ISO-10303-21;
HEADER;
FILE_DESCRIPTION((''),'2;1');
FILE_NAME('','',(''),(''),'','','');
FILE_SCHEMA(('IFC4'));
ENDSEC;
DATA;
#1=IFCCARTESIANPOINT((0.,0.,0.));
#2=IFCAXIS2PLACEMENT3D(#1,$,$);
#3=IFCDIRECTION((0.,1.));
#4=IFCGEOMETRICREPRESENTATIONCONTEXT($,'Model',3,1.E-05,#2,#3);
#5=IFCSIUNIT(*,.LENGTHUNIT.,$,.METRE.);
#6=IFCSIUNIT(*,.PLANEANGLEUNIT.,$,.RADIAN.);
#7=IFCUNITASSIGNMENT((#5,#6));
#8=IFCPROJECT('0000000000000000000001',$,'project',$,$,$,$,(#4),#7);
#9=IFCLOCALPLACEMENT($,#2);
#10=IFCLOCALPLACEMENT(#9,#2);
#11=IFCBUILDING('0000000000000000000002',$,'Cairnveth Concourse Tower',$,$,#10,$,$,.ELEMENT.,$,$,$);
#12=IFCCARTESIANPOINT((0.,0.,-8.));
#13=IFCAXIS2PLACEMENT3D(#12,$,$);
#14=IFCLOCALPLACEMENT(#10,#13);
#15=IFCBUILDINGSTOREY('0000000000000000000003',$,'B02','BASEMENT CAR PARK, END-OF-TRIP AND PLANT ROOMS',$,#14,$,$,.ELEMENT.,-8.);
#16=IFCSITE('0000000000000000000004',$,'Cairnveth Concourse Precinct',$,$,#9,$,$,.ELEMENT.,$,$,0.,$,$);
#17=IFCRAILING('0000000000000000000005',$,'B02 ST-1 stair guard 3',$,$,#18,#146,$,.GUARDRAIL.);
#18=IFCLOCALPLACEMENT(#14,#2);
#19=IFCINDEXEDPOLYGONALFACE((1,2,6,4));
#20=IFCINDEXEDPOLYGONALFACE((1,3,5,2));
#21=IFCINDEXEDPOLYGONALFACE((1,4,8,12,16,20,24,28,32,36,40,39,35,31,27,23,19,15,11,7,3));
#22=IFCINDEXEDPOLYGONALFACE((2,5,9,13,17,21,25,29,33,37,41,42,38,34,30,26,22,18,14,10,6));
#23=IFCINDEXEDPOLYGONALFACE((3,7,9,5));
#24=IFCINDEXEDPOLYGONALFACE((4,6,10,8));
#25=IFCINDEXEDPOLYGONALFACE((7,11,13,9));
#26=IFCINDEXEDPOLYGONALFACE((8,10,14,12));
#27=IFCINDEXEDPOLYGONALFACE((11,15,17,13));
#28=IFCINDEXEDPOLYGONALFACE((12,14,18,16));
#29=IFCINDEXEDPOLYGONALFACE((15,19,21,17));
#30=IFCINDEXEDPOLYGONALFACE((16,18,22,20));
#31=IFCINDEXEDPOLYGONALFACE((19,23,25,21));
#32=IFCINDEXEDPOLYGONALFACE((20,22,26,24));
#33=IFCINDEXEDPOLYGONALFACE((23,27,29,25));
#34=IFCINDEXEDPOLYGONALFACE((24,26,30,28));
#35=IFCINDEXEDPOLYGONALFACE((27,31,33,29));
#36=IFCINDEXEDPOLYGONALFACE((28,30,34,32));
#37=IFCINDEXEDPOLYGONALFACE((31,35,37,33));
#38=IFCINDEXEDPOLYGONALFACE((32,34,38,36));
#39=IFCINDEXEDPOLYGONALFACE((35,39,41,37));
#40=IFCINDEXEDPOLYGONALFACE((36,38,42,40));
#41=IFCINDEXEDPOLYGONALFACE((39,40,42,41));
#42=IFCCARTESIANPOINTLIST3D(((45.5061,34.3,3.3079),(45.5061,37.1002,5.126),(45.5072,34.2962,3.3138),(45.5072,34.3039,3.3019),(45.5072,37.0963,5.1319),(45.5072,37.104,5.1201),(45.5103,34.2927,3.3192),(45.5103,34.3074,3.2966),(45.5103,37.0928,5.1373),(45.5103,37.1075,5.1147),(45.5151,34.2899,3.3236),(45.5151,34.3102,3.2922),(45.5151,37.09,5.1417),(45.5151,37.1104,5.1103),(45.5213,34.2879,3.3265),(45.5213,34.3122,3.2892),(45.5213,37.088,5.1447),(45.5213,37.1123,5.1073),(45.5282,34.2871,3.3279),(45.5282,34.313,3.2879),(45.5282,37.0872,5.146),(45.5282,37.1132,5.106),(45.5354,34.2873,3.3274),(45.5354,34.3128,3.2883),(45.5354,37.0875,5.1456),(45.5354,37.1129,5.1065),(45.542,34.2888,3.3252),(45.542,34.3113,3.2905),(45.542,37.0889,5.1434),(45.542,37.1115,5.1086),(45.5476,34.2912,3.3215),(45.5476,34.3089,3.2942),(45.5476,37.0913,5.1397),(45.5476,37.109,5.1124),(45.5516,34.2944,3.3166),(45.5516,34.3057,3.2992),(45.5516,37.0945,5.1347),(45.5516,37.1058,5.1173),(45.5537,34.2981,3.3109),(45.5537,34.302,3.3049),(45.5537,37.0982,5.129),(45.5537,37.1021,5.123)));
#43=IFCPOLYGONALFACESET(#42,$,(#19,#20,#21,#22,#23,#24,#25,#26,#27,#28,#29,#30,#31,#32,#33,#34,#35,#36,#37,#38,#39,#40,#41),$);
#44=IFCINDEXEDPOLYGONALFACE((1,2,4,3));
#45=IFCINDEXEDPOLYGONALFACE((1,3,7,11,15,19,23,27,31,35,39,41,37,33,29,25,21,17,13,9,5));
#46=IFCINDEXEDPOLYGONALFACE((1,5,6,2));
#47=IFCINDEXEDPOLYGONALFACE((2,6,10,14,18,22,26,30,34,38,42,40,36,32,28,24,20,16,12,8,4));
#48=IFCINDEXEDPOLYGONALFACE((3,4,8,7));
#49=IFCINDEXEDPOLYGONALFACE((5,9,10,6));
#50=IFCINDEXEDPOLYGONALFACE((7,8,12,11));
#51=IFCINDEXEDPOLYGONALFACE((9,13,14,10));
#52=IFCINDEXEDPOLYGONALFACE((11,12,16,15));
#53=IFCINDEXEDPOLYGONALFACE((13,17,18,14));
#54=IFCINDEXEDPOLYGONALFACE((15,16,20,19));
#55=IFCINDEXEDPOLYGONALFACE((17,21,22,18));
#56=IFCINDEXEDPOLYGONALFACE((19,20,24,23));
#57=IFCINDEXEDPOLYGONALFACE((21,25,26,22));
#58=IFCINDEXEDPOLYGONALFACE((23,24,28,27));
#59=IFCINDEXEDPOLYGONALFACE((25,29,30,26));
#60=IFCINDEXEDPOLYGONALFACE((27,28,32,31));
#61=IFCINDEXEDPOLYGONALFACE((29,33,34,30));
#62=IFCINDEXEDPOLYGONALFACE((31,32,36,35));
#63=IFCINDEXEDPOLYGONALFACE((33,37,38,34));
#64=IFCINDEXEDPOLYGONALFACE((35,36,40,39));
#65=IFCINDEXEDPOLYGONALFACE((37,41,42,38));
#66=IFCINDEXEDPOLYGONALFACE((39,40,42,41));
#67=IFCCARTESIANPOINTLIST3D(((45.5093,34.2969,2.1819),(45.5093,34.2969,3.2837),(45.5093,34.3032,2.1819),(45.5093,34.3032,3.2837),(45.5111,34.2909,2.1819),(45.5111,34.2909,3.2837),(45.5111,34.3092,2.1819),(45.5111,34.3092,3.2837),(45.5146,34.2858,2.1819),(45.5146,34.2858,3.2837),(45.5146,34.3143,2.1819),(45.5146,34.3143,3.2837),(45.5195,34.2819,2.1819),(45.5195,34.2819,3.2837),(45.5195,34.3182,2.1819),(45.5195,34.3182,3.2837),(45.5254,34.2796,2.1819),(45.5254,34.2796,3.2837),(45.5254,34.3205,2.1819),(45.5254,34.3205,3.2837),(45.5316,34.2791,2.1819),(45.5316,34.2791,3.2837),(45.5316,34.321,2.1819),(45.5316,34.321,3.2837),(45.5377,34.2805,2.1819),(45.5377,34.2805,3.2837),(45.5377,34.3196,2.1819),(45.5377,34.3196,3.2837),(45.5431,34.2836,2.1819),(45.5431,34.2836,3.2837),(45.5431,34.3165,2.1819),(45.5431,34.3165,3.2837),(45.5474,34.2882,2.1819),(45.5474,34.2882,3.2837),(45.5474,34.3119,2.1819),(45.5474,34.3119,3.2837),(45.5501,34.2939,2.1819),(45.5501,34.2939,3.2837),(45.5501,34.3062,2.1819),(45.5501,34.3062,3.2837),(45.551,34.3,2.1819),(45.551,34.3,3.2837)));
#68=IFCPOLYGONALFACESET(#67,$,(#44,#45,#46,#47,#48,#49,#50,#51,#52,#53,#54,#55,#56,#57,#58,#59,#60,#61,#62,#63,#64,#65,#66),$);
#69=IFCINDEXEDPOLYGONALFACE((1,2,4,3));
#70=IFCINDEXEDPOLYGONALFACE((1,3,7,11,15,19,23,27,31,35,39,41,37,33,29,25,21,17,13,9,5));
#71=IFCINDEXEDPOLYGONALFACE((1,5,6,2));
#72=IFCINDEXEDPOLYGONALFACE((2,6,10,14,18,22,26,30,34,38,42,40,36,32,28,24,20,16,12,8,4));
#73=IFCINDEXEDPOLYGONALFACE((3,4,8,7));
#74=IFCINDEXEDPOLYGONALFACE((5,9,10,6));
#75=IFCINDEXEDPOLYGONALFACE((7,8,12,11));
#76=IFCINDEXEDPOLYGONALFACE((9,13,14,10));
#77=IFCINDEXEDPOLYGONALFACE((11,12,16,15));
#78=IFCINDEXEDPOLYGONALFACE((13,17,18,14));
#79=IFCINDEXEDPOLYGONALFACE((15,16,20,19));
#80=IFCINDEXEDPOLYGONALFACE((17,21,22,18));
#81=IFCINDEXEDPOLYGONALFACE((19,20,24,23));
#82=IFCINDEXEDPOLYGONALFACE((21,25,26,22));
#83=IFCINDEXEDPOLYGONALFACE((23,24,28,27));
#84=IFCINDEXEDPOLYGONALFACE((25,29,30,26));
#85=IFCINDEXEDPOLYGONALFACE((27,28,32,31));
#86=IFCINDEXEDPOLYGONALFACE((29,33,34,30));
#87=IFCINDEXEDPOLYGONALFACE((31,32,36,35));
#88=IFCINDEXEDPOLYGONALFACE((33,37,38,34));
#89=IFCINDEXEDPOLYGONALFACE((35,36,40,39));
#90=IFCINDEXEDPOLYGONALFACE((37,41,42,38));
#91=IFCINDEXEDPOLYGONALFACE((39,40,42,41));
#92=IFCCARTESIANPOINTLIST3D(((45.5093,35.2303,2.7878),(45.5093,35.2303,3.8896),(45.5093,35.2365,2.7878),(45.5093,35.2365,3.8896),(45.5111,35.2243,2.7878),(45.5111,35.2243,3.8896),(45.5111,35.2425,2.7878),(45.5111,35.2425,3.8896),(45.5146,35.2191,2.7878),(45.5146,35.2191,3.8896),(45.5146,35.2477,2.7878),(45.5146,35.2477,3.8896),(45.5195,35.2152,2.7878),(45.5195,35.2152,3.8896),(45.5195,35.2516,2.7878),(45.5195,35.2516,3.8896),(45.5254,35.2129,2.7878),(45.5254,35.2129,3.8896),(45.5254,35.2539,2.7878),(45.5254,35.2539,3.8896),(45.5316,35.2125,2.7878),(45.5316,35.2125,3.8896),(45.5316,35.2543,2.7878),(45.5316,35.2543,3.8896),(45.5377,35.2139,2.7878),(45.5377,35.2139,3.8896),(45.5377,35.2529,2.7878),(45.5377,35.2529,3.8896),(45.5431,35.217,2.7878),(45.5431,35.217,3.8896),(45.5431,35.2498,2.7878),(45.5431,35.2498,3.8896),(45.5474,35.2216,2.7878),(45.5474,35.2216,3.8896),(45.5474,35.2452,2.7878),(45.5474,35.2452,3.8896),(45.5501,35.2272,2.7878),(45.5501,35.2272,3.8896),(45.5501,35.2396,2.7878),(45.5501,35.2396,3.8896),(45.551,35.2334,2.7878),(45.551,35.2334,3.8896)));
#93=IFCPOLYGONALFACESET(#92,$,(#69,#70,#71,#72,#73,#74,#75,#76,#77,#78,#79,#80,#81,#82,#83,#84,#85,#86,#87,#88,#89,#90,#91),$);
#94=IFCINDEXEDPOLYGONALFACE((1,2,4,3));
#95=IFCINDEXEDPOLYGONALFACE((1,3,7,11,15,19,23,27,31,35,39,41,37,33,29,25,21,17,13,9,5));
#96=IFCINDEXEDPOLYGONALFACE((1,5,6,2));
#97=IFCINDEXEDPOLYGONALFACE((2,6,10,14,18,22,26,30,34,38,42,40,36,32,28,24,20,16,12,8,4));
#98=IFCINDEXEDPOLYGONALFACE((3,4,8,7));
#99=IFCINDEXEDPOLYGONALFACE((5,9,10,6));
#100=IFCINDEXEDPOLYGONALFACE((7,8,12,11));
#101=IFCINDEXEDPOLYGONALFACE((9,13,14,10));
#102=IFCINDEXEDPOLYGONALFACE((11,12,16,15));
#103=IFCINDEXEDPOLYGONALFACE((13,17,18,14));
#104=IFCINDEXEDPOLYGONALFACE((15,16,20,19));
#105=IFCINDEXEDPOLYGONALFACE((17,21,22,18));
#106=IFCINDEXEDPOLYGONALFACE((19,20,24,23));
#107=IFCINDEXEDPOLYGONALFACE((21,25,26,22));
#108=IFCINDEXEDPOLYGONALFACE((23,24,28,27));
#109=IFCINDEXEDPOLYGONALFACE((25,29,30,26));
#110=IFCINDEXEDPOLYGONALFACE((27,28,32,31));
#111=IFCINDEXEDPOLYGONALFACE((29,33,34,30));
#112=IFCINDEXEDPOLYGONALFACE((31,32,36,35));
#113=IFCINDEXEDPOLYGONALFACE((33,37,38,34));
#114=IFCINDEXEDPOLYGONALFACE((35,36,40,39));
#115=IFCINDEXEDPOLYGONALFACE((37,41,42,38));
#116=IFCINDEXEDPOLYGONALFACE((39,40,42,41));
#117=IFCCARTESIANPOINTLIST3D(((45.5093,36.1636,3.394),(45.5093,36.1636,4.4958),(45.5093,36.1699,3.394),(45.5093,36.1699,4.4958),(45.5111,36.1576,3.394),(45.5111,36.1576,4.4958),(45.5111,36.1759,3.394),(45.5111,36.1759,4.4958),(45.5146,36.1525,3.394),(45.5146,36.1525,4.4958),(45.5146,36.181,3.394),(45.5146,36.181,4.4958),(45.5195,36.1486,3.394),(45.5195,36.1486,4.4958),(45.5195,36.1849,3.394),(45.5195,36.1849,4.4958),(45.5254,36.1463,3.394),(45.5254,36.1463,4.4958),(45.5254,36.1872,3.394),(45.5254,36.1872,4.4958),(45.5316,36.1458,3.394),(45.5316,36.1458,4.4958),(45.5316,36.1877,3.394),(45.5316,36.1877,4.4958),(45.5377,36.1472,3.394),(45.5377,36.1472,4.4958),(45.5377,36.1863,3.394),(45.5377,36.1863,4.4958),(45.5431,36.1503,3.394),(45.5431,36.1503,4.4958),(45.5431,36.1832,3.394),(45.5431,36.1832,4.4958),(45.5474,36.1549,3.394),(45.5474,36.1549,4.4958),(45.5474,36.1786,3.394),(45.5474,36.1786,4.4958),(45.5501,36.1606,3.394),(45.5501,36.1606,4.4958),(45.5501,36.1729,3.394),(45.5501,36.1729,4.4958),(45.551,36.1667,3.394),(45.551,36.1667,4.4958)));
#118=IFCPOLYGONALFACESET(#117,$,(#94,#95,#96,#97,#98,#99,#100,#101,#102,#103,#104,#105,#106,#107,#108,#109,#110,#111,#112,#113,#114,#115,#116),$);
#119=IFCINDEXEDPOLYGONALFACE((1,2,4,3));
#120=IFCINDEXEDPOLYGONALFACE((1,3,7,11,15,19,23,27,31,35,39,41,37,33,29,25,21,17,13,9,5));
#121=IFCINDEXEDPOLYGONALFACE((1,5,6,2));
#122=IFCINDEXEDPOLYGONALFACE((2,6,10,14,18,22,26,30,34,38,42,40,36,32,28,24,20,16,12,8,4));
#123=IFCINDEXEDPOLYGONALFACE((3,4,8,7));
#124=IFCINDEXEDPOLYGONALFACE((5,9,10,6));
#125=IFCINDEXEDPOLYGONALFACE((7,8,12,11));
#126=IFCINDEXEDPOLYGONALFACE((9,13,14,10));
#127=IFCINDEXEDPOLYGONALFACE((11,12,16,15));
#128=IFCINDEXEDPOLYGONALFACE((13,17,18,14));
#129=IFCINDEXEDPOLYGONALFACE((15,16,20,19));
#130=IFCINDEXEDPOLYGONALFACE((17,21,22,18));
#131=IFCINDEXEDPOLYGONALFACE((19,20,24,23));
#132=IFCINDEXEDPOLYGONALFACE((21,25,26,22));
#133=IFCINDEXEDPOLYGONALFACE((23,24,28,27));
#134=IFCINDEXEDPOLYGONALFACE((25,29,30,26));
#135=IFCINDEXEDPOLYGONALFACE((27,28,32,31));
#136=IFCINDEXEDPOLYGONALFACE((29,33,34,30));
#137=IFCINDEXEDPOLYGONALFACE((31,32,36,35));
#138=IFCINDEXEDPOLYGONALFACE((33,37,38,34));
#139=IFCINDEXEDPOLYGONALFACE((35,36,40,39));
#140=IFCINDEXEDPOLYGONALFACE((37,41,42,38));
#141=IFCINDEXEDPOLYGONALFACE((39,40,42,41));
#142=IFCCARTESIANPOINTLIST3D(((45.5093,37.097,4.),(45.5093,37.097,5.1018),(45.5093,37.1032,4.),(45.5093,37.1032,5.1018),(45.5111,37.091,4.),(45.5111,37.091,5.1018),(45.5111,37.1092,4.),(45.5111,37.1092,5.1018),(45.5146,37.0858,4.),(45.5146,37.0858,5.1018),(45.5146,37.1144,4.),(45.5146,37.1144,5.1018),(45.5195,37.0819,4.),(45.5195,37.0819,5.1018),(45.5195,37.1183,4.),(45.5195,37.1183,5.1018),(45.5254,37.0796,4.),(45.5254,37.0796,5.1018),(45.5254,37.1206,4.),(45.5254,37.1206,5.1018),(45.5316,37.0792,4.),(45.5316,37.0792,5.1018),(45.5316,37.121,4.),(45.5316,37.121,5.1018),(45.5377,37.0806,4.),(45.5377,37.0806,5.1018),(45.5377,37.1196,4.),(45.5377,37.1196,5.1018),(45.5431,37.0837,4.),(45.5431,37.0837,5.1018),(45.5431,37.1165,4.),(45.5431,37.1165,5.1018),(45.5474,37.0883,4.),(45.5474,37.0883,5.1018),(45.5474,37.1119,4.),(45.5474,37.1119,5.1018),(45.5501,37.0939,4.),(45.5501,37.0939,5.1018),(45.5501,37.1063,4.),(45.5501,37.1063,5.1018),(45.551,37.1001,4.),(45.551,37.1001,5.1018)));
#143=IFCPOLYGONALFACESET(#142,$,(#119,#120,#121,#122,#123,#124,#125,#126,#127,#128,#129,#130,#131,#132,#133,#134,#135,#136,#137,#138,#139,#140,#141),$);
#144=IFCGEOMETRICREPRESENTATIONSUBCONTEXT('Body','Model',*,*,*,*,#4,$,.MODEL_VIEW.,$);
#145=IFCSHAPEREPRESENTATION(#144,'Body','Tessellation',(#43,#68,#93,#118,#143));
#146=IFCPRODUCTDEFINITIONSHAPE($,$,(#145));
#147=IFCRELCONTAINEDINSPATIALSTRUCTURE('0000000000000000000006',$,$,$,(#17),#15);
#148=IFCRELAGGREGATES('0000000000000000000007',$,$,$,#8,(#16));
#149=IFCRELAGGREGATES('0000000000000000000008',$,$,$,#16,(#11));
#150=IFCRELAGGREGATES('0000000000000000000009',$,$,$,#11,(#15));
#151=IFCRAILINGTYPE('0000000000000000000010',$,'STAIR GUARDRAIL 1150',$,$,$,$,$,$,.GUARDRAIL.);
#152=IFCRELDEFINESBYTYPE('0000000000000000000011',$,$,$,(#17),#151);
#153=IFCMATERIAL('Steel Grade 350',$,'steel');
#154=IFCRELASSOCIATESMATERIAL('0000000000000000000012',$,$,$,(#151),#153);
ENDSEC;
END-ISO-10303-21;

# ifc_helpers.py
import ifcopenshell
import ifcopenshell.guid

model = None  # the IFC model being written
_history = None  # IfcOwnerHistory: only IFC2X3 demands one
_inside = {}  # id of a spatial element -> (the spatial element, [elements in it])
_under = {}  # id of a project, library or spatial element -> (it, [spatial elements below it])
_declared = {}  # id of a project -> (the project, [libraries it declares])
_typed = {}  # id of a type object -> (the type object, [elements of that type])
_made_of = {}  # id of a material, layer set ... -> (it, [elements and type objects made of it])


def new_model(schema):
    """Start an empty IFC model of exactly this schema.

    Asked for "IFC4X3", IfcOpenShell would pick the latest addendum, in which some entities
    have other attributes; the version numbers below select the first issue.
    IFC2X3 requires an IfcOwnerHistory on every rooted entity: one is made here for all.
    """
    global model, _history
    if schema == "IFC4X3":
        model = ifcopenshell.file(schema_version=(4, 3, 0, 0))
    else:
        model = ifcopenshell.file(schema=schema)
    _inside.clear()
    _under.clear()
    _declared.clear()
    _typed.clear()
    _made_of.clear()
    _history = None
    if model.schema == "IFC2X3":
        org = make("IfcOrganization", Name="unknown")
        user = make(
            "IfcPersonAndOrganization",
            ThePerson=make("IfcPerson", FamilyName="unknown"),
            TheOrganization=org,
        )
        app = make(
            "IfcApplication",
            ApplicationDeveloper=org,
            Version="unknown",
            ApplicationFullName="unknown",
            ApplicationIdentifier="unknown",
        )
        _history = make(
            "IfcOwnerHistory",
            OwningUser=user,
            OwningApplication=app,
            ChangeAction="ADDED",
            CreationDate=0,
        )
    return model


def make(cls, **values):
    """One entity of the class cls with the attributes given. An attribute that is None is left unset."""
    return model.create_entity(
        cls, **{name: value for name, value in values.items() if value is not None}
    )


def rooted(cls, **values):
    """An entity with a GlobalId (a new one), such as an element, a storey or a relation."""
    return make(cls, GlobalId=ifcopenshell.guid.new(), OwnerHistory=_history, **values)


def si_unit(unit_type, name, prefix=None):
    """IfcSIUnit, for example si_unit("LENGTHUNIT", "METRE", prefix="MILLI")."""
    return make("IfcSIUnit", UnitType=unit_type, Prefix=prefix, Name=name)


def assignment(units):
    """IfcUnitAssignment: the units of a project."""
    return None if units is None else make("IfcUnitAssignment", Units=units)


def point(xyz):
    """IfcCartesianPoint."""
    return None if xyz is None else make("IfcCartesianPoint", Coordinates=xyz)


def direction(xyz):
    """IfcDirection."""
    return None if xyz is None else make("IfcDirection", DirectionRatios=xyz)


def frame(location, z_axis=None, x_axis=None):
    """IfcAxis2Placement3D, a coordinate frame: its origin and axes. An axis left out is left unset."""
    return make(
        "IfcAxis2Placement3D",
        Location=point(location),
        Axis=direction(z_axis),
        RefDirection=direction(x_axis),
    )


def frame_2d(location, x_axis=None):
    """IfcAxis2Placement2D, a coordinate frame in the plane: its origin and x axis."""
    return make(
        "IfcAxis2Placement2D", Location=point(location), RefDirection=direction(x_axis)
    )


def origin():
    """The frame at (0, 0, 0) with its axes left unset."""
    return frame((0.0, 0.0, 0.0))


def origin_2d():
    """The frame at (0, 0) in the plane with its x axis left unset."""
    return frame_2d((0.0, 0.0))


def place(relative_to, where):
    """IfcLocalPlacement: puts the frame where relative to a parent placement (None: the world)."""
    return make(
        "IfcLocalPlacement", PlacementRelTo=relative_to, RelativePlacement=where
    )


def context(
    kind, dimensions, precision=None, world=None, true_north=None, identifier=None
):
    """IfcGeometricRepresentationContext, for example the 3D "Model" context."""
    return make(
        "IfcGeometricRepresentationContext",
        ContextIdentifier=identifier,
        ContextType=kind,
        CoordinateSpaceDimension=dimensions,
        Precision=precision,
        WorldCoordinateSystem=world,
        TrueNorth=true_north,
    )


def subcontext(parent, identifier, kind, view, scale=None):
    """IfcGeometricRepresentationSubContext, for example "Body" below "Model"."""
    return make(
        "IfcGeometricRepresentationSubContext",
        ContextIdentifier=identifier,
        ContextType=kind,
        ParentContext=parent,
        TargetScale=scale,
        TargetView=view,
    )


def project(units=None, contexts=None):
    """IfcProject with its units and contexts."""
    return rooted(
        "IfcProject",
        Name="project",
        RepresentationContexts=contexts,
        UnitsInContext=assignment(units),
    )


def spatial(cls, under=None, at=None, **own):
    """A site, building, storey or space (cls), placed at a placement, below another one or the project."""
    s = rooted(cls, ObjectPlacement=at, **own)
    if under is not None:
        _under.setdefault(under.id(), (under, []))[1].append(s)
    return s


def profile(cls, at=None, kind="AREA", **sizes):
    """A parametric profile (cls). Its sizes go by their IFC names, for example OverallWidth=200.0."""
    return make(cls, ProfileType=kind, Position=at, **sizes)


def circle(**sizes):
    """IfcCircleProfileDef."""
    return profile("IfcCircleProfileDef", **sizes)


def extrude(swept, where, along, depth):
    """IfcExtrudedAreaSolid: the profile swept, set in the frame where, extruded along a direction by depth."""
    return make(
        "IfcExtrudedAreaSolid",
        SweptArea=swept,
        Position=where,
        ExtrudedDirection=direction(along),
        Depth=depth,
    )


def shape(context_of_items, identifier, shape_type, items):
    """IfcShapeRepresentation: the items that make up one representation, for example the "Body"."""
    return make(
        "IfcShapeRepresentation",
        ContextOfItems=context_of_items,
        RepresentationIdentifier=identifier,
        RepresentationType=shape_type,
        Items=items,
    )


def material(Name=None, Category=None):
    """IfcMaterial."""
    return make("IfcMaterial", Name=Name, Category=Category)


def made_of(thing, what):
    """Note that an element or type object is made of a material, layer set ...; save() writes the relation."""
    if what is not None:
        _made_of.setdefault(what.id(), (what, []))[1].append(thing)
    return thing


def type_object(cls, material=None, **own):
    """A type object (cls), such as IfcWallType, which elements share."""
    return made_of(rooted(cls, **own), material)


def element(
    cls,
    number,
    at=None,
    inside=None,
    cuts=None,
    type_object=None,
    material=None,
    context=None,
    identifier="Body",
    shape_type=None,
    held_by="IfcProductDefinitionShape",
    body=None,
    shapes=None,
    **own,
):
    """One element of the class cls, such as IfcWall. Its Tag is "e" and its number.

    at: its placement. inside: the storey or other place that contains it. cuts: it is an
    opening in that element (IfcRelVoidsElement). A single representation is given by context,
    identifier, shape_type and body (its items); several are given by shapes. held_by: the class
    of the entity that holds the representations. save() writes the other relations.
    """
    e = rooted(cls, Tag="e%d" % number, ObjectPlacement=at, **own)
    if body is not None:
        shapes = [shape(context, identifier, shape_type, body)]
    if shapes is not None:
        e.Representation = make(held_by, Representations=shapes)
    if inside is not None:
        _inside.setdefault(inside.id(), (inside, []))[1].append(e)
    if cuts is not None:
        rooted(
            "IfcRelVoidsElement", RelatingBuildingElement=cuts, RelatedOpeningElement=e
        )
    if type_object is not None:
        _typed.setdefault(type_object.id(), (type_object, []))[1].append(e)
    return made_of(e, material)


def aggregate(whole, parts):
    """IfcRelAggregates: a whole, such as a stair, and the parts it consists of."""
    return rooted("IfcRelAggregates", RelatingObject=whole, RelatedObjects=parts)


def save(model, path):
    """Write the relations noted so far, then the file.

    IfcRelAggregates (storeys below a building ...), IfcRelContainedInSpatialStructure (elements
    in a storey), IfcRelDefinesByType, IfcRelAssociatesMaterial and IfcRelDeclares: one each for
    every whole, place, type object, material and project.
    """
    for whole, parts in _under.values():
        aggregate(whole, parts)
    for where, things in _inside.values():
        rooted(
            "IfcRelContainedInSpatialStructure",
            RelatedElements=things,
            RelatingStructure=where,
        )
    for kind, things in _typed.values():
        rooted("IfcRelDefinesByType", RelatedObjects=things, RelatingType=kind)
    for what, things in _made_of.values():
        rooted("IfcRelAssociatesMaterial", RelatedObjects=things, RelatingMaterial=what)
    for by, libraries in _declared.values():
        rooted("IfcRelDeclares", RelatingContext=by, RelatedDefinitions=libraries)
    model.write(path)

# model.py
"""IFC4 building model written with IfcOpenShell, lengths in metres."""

from ifc_helpers import new_model, si_unit, direction, frame, origin, origin_2d, place, context, subcontext, project, spatial, circle, extrude, material, type_object, element, save


model = new_model("IFC4")

# Units and contexts
model_context = context("Model", 3, precision=1e-05, world=origin(), true_north=direction((0.0, 1.0)))
body_context = subcontext(model_context, "Body", "Model", "MODEL_VIEW")
ifc_project = project(units=[si_unit("LENGTHUNIT", "METRE"), si_unit("PLANEANGLEUNIT", "RADIAN")], contexts=[model_context])

# Site, building, storey
site_placement = place(None, origin())
site = spatial("IfcSite", under=ifc_project, at=site_placement, Name="Cairnveth Concourse Precinct", CompositionType="ELEMENT", RefElevation=0.0)
building_placement = place(site_placement, origin())
building = spatial("IfcBuilding", under=site, at=building_placement, Name="Cairnveth Concourse Tower", CompositionType="ELEMENT")
storey_placement = place(building_placement, frame((0.0, 0.0, -8.0)))
storey = spatial("IfcBuildingStorey", under=building, at=storey_placement, Name="B02", Description="BASEMENT CAR PARK, END-OF-TRIP AND PLANT ROOMS", CompositionType="ELEMENT", Elevation=-8.0)

# Shared definitions
ifc_material_1 = material(Name="Steel Grade 350", Category="steel")

# Railing
railing_type_1 = type_object("IfcRailingType", Name="STAIR GUARDRAIL 1150", PredefinedType="GUARDRAIL", material=ifc_material_1)
railing_1_placement = place(storey_placement, frame((45.53, 34.3, 2.1819)))
element("IfcRailing", 1, at=railing_1_placement, inside=storey, type_object=railing_type_1, Name="B02 ST-1 stair guard 3", PredefinedType="GUARDRAIL", context=body_context, shape_type="SweptSolid", body=[
    extrude(circle(Radius=0.0239, at=origin_2d()), frame((0.0, 0.0, 1.126), z_axis=(0.0, 0.838706, 0.544585), x_axis=(-1.0, 0.0, 0.0)), (0.0, 0.0, 1.0), 3.3386),
    extrude(circle(Radius=0.021, at=origin_2d()), origin(), (0.0, 0.0, 1.0), 1.1018),
    extrude(circle(Radius=0.021, at=origin_2d()), frame((0.0, 0.9333, 0.606)), (0.0, 0.0, 1.0), 1.1018),
    extrude(circle(Radius=0.021, at=origin_2d()), frame((0.0, 1.8667, 1.2122)), (0.0, 0.0, 1.0), 1.1018),
    extrude(circle(Radius=0.021, at=origin_2d()), frame((0.0, 2.8, 1.8181)), (0.0, 0.0, 1.0), 1.1018),
])

save(model, "model.ifc")
